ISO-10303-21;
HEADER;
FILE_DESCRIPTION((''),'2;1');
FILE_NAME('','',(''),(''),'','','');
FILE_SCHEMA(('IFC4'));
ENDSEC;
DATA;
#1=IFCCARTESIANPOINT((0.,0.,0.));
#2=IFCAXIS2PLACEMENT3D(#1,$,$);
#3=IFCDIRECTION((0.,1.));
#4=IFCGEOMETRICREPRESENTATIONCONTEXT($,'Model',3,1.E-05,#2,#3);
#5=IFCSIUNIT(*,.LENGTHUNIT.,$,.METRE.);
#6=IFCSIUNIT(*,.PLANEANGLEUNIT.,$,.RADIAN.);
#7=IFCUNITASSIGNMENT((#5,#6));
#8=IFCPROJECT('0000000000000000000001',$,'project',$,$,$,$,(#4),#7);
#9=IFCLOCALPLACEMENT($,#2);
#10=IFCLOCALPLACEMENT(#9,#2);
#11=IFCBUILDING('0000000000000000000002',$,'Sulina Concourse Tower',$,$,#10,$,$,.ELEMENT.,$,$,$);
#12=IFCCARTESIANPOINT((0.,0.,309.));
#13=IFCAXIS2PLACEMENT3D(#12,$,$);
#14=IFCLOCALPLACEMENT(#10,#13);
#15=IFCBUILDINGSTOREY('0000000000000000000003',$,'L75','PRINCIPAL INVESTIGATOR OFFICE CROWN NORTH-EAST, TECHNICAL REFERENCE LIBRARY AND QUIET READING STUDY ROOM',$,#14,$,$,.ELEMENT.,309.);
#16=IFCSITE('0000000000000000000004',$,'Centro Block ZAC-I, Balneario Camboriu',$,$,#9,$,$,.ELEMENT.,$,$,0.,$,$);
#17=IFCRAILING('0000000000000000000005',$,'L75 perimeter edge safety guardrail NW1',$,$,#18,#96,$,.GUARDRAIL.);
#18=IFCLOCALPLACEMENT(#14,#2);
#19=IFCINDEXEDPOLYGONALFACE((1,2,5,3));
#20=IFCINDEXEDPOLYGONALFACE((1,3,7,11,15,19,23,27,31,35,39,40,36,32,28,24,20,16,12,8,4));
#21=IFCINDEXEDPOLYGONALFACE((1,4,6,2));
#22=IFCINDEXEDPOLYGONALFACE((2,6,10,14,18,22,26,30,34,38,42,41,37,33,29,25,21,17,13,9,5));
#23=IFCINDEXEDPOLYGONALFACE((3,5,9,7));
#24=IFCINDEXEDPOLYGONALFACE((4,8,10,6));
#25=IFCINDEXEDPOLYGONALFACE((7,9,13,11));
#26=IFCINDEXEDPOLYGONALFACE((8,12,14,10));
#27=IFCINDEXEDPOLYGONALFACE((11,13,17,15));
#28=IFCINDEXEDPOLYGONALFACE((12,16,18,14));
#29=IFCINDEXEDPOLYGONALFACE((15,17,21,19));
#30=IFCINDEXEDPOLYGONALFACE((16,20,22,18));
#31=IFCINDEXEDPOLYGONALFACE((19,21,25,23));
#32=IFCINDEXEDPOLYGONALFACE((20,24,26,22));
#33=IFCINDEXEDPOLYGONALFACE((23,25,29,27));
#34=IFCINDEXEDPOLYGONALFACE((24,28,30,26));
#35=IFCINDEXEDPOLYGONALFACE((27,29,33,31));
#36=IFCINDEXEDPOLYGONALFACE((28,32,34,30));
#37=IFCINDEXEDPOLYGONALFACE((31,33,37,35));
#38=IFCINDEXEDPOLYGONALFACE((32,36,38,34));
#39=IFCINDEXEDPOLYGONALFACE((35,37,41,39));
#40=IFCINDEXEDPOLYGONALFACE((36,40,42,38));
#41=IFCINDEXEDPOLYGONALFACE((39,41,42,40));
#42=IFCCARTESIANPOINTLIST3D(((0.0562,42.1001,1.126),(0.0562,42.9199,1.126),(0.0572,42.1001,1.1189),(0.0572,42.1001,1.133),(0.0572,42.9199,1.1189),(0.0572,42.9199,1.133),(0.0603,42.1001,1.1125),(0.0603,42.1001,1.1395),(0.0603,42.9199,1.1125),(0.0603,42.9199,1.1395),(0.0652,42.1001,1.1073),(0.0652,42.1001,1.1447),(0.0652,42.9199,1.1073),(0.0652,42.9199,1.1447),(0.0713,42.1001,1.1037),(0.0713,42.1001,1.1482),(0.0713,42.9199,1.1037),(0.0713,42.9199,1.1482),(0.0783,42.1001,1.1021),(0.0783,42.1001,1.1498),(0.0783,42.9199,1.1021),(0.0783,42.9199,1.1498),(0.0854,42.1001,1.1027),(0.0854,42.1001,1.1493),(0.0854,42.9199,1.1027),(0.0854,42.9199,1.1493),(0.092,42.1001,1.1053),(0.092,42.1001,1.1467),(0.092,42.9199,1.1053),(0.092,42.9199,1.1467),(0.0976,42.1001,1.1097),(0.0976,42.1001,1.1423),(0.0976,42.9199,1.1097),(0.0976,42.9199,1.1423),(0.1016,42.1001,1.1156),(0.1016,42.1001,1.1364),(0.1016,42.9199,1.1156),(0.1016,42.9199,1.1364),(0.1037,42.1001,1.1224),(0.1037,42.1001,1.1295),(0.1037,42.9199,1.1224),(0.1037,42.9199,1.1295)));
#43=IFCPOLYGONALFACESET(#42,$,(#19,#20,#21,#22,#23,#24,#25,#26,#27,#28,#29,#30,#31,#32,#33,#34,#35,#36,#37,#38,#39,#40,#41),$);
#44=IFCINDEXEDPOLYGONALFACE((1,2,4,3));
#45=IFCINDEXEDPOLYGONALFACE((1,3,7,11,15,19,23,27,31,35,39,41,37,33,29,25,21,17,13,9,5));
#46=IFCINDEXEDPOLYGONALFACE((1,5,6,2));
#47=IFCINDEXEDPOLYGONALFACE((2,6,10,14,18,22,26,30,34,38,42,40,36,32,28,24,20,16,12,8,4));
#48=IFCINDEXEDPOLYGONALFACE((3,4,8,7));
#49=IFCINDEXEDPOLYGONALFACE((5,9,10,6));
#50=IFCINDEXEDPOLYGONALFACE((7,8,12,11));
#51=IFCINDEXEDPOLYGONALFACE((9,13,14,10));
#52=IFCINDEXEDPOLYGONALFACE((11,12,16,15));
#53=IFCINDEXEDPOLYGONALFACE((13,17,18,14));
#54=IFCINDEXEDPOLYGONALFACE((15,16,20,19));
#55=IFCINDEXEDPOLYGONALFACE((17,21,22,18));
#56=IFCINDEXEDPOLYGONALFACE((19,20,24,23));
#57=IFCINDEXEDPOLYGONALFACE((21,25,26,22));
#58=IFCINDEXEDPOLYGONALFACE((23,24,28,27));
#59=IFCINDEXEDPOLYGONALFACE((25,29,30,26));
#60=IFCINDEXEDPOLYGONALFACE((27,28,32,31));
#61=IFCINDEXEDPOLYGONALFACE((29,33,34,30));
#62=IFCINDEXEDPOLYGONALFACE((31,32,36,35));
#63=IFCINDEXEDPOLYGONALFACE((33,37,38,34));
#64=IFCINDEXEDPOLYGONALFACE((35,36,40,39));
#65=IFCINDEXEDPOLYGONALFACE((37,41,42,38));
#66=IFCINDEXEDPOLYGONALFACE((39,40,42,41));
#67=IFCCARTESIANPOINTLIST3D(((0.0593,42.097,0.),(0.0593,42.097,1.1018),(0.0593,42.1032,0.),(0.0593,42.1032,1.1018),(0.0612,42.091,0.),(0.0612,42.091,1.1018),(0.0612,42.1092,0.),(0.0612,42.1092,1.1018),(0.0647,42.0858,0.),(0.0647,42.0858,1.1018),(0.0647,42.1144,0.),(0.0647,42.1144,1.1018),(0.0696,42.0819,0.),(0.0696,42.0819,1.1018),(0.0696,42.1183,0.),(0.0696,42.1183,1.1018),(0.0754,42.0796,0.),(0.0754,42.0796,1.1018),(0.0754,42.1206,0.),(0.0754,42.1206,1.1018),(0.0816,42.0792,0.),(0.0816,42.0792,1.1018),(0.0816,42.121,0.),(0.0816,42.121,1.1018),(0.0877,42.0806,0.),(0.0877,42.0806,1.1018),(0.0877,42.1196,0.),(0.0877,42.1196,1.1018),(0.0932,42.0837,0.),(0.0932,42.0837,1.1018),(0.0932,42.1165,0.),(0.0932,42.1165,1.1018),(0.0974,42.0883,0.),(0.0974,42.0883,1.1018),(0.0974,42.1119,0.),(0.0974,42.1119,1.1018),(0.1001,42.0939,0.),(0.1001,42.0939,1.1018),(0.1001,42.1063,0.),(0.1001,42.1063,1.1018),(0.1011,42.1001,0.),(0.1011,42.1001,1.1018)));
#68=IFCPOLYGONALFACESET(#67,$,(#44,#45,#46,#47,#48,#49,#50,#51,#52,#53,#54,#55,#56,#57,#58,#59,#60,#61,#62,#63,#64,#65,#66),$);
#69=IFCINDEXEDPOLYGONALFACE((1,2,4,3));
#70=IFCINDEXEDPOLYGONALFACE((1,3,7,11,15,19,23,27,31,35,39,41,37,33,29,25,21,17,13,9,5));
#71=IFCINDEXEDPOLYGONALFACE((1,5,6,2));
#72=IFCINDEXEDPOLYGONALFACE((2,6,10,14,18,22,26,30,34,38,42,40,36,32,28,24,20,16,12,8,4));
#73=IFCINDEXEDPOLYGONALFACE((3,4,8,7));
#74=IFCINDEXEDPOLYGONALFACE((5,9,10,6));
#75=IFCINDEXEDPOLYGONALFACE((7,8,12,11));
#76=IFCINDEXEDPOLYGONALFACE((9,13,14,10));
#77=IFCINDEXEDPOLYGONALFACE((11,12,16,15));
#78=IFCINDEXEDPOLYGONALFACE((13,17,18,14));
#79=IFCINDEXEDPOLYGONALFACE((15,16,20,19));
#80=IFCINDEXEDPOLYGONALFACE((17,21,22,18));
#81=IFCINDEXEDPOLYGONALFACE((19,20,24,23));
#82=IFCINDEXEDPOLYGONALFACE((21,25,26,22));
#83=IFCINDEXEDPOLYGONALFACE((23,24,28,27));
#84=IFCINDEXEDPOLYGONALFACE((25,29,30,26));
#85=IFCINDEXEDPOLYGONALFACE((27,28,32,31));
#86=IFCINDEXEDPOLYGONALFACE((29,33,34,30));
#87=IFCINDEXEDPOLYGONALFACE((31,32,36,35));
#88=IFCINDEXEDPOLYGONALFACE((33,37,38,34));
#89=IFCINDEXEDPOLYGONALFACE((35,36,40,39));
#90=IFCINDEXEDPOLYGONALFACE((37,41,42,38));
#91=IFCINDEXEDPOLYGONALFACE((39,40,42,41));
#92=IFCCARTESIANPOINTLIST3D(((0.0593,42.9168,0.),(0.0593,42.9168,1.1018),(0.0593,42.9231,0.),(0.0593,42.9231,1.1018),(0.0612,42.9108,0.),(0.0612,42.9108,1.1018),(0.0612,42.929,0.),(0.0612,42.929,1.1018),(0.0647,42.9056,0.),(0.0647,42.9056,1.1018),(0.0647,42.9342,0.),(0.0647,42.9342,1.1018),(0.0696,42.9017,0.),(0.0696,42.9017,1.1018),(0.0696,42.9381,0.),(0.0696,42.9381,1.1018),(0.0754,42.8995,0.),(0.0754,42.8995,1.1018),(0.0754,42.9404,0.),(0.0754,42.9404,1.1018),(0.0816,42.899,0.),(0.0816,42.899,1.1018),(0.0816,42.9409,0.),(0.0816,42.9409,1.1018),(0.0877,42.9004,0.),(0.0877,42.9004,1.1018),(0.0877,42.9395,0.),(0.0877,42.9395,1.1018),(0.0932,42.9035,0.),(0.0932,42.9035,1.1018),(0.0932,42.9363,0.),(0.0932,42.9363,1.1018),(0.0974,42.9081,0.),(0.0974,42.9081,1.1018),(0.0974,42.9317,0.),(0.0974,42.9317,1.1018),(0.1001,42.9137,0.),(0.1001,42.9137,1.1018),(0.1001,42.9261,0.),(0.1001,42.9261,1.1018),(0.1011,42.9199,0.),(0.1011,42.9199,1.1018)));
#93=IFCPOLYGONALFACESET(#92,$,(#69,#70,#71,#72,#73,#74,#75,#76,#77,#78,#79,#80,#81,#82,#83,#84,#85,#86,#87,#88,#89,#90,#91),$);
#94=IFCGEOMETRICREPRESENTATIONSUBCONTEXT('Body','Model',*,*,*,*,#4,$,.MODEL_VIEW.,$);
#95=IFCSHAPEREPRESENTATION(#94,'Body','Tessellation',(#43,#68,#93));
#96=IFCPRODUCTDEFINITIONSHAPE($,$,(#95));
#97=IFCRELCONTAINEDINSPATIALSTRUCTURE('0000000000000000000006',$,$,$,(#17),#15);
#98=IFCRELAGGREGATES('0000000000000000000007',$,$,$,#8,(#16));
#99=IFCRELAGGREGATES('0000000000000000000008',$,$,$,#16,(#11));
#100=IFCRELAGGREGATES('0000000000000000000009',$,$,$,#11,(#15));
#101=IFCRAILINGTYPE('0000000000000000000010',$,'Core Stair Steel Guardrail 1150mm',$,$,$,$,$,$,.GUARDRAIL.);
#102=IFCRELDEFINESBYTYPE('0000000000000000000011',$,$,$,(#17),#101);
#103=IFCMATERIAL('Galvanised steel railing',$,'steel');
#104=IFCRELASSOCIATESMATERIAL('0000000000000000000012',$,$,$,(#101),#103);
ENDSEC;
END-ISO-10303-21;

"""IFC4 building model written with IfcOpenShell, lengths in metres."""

from ifc_helpers import new_model, si_unit, direction, frame, origin, origin_2d, place, context, subcontext, project, spatial, circle, extrude, material, type_object, element, save


model = new_model("IFC4")

# Units and contexts
model_context = context("Model", 3, precision=1e-05, world=origin(), true_north=direction((0.0, 1.0)))
body_context = subcontext(model_context, "Body", "Model", "MODEL_VIEW")
ifc_project = project(units=[si_unit("LENGTHUNIT", "METRE"), si_unit("PLANEANGLEUNIT", "RADIAN")], contexts=[model_context])

# Site, building, storey
site_placement = place(None, origin())
site = spatial("IfcSite", under=ifc_project, at=site_placement, Name="Centro Block ZAC-I, Balneario Camboriu", CompositionType="ELEMENT", RefElevation=0.0)
building_placement = place(site_placement, origin())
building = spatial("IfcBuilding", under=site, at=building_placement, Name="Sulina Concourse Tower", CompositionType="ELEMENT")
storey_placement = place(building_placement, frame((0.0, 0.0, 309.0)))
storey = spatial("IfcBuildingStorey", under=building, at=storey_placement, Name="L75", Description="PRINCIPAL INVESTIGATOR OFFICE CROWN NORTH-EAST, TECHNICAL REFERENCE LIBRARY AND QUIET READING STUDY ROOM", CompositionType="ELEMENT", Elevation=309.0)

# Railing
ifc_material_1 = material(Name="Galvanised steel railing", Category="steel")
railing_type_1 = type_object("IfcRailingType", Name="Core Stair Steel Guardrail 1150mm", PredefinedType="GUARDRAIL", material=ifc_material_1)
railing_1_placement = place(storey_placement, frame((0.0801, 42.1001, 0.0)))
element("IfcRailing", 1, at=railing_1_placement, inside=storey, type_object=railing_type_1, Name="L75 perimeter edge safety guardrail NW1", PredefinedType="GUARDRAIL", context=body_context, shape_type="SweptSolid", body=[
    extrude(circle(Radius=0.0239, at=origin_2d()), frame((0.0, 0.0, 1.126), z_axis=(0.0, 1.0, 0.0), x_axis=(-1.0, 0.0, 0.0)), (0.0, 0.0, 1.0), 0.8198),
    extrude(circle(Radius=0.021, at=origin_2d()), origin(), (0.0, 0.0, 1.0), 1.1018),
    extrude(circle(Radius=0.021, at=origin_2d()), frame((0.0, 0.8198, 0.0)), (0.0, 0.0, 1.0), 1.1018),
])

save(model, "model.ifc")
